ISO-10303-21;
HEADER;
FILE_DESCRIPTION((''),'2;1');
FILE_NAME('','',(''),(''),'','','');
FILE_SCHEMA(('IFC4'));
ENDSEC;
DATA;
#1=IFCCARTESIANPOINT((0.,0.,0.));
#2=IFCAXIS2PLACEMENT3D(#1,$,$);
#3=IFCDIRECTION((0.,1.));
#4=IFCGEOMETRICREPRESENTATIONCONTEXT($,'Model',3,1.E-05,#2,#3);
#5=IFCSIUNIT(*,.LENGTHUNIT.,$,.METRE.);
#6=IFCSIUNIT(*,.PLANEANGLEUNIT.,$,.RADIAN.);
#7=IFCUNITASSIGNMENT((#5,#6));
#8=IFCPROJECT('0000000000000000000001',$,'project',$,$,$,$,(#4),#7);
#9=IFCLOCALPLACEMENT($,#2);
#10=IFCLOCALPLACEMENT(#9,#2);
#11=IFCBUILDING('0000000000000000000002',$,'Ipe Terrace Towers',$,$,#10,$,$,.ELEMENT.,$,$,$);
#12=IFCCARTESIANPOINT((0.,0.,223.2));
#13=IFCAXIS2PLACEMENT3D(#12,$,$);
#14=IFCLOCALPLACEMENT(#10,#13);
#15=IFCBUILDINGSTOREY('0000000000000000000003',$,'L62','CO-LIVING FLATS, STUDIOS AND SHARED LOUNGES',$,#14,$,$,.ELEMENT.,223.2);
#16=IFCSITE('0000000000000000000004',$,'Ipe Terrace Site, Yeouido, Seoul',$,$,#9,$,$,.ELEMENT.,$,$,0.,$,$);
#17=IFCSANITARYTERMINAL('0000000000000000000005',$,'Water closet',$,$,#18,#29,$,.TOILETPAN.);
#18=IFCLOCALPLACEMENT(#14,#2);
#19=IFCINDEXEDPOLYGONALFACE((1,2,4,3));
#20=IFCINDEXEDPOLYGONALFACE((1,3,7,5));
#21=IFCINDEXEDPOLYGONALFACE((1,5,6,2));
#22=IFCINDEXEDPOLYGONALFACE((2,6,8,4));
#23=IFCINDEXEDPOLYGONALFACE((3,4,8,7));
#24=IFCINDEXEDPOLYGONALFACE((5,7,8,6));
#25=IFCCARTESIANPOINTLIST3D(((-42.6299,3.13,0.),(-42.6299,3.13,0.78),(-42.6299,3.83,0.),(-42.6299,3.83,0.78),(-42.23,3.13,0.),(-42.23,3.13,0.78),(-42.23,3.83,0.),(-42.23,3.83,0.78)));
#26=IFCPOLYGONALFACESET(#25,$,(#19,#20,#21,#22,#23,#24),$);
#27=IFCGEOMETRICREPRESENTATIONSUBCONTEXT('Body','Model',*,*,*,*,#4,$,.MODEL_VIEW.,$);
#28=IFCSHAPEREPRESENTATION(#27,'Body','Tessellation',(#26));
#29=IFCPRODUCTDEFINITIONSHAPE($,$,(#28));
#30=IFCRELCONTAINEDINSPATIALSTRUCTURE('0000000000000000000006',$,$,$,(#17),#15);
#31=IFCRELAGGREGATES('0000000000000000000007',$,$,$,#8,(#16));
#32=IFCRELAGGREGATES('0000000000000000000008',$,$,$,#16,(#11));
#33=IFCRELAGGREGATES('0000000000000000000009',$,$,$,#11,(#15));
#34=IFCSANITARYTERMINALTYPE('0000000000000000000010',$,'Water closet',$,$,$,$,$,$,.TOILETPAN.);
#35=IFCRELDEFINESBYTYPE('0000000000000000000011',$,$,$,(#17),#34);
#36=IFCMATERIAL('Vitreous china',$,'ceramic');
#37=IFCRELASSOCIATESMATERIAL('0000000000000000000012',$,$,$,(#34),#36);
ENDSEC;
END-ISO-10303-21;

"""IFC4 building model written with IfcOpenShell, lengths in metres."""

from ifc_helpers import new_model, si_unit, direction, frame, origin, origin_2d, place, context, subcontext, project, spatial, rectangle, extrude, material, type_object, element, save


model = new_model("IFC4")

# Units and contexts
model_context = context("Model", 3, precision=1e-05, world=origin(), true_north=direction((0.0, 1.0)))
body_context = subcontext(model_context, "Body", "Model", "MODEL_VIEW")
ifc_project = project(units=[si_unit("LENGTHUNIT", "METRE"), si_unit("PLANEANGLEUNIT", "RADIAN")], contexts=[model_context])

# Site, building, storey
site_placement = place(None, origin())
site = spatial("IfcSite", under=ifc_project, at=site_placement, Name="Ipe Terrace Site, Yeouido, Seoul", CompositionType="ELEMENT", RefElevation=0.0)
building_placement = place(site_placement, origin())
building = spatial("IfcBuilding", under=site, at=building_placement, Name="Ipe Terrace Towers", CompositionType="ELEMENT")
storey_placement = place(building_placement, frame((0.0, 0.0, 223.2)))
storey = spatial("IfcBuildingStorey", under=building, at=storey_placement, Name="L62", Description="CO-LIVING FLATS, STUDIOS AND SHARED LOUNGES", CompositionType="ELEMENT", Elevation=223.2)

# Sanitary terminal
ifc_material_1 = material(Name="Vitreous china", Category="ceramic")
sanitary_terminal_type = type_object("IfcSanitaryTerminalType", Name="Water closet", PredefinedType="TOILETPAN", material=ifc_material_1)
sanitary_terminal_placement = place(storey_placement, frame((-42.4299, 3.48, 0.0), z_axis=(0.0, 0.0, 1.0), x_axis=(0.0, -1.0, 0.0)))
element("IfcSanitaryTerminal", 1, at=sanitary_terminal_placement, inside=storey, type_object=sanitary_terminal_type, Name="Water closet", PredefinedType="TOILETPAN", context=body_context, shape_type="SweptSolid", body=[
    extrude(rectangle(XDim=0.7, YDim=0.3999, at=origin_2d()), origin(), (0.0, 0.0, 1.0), 0.78),
])

save(model, "model.ifc")
